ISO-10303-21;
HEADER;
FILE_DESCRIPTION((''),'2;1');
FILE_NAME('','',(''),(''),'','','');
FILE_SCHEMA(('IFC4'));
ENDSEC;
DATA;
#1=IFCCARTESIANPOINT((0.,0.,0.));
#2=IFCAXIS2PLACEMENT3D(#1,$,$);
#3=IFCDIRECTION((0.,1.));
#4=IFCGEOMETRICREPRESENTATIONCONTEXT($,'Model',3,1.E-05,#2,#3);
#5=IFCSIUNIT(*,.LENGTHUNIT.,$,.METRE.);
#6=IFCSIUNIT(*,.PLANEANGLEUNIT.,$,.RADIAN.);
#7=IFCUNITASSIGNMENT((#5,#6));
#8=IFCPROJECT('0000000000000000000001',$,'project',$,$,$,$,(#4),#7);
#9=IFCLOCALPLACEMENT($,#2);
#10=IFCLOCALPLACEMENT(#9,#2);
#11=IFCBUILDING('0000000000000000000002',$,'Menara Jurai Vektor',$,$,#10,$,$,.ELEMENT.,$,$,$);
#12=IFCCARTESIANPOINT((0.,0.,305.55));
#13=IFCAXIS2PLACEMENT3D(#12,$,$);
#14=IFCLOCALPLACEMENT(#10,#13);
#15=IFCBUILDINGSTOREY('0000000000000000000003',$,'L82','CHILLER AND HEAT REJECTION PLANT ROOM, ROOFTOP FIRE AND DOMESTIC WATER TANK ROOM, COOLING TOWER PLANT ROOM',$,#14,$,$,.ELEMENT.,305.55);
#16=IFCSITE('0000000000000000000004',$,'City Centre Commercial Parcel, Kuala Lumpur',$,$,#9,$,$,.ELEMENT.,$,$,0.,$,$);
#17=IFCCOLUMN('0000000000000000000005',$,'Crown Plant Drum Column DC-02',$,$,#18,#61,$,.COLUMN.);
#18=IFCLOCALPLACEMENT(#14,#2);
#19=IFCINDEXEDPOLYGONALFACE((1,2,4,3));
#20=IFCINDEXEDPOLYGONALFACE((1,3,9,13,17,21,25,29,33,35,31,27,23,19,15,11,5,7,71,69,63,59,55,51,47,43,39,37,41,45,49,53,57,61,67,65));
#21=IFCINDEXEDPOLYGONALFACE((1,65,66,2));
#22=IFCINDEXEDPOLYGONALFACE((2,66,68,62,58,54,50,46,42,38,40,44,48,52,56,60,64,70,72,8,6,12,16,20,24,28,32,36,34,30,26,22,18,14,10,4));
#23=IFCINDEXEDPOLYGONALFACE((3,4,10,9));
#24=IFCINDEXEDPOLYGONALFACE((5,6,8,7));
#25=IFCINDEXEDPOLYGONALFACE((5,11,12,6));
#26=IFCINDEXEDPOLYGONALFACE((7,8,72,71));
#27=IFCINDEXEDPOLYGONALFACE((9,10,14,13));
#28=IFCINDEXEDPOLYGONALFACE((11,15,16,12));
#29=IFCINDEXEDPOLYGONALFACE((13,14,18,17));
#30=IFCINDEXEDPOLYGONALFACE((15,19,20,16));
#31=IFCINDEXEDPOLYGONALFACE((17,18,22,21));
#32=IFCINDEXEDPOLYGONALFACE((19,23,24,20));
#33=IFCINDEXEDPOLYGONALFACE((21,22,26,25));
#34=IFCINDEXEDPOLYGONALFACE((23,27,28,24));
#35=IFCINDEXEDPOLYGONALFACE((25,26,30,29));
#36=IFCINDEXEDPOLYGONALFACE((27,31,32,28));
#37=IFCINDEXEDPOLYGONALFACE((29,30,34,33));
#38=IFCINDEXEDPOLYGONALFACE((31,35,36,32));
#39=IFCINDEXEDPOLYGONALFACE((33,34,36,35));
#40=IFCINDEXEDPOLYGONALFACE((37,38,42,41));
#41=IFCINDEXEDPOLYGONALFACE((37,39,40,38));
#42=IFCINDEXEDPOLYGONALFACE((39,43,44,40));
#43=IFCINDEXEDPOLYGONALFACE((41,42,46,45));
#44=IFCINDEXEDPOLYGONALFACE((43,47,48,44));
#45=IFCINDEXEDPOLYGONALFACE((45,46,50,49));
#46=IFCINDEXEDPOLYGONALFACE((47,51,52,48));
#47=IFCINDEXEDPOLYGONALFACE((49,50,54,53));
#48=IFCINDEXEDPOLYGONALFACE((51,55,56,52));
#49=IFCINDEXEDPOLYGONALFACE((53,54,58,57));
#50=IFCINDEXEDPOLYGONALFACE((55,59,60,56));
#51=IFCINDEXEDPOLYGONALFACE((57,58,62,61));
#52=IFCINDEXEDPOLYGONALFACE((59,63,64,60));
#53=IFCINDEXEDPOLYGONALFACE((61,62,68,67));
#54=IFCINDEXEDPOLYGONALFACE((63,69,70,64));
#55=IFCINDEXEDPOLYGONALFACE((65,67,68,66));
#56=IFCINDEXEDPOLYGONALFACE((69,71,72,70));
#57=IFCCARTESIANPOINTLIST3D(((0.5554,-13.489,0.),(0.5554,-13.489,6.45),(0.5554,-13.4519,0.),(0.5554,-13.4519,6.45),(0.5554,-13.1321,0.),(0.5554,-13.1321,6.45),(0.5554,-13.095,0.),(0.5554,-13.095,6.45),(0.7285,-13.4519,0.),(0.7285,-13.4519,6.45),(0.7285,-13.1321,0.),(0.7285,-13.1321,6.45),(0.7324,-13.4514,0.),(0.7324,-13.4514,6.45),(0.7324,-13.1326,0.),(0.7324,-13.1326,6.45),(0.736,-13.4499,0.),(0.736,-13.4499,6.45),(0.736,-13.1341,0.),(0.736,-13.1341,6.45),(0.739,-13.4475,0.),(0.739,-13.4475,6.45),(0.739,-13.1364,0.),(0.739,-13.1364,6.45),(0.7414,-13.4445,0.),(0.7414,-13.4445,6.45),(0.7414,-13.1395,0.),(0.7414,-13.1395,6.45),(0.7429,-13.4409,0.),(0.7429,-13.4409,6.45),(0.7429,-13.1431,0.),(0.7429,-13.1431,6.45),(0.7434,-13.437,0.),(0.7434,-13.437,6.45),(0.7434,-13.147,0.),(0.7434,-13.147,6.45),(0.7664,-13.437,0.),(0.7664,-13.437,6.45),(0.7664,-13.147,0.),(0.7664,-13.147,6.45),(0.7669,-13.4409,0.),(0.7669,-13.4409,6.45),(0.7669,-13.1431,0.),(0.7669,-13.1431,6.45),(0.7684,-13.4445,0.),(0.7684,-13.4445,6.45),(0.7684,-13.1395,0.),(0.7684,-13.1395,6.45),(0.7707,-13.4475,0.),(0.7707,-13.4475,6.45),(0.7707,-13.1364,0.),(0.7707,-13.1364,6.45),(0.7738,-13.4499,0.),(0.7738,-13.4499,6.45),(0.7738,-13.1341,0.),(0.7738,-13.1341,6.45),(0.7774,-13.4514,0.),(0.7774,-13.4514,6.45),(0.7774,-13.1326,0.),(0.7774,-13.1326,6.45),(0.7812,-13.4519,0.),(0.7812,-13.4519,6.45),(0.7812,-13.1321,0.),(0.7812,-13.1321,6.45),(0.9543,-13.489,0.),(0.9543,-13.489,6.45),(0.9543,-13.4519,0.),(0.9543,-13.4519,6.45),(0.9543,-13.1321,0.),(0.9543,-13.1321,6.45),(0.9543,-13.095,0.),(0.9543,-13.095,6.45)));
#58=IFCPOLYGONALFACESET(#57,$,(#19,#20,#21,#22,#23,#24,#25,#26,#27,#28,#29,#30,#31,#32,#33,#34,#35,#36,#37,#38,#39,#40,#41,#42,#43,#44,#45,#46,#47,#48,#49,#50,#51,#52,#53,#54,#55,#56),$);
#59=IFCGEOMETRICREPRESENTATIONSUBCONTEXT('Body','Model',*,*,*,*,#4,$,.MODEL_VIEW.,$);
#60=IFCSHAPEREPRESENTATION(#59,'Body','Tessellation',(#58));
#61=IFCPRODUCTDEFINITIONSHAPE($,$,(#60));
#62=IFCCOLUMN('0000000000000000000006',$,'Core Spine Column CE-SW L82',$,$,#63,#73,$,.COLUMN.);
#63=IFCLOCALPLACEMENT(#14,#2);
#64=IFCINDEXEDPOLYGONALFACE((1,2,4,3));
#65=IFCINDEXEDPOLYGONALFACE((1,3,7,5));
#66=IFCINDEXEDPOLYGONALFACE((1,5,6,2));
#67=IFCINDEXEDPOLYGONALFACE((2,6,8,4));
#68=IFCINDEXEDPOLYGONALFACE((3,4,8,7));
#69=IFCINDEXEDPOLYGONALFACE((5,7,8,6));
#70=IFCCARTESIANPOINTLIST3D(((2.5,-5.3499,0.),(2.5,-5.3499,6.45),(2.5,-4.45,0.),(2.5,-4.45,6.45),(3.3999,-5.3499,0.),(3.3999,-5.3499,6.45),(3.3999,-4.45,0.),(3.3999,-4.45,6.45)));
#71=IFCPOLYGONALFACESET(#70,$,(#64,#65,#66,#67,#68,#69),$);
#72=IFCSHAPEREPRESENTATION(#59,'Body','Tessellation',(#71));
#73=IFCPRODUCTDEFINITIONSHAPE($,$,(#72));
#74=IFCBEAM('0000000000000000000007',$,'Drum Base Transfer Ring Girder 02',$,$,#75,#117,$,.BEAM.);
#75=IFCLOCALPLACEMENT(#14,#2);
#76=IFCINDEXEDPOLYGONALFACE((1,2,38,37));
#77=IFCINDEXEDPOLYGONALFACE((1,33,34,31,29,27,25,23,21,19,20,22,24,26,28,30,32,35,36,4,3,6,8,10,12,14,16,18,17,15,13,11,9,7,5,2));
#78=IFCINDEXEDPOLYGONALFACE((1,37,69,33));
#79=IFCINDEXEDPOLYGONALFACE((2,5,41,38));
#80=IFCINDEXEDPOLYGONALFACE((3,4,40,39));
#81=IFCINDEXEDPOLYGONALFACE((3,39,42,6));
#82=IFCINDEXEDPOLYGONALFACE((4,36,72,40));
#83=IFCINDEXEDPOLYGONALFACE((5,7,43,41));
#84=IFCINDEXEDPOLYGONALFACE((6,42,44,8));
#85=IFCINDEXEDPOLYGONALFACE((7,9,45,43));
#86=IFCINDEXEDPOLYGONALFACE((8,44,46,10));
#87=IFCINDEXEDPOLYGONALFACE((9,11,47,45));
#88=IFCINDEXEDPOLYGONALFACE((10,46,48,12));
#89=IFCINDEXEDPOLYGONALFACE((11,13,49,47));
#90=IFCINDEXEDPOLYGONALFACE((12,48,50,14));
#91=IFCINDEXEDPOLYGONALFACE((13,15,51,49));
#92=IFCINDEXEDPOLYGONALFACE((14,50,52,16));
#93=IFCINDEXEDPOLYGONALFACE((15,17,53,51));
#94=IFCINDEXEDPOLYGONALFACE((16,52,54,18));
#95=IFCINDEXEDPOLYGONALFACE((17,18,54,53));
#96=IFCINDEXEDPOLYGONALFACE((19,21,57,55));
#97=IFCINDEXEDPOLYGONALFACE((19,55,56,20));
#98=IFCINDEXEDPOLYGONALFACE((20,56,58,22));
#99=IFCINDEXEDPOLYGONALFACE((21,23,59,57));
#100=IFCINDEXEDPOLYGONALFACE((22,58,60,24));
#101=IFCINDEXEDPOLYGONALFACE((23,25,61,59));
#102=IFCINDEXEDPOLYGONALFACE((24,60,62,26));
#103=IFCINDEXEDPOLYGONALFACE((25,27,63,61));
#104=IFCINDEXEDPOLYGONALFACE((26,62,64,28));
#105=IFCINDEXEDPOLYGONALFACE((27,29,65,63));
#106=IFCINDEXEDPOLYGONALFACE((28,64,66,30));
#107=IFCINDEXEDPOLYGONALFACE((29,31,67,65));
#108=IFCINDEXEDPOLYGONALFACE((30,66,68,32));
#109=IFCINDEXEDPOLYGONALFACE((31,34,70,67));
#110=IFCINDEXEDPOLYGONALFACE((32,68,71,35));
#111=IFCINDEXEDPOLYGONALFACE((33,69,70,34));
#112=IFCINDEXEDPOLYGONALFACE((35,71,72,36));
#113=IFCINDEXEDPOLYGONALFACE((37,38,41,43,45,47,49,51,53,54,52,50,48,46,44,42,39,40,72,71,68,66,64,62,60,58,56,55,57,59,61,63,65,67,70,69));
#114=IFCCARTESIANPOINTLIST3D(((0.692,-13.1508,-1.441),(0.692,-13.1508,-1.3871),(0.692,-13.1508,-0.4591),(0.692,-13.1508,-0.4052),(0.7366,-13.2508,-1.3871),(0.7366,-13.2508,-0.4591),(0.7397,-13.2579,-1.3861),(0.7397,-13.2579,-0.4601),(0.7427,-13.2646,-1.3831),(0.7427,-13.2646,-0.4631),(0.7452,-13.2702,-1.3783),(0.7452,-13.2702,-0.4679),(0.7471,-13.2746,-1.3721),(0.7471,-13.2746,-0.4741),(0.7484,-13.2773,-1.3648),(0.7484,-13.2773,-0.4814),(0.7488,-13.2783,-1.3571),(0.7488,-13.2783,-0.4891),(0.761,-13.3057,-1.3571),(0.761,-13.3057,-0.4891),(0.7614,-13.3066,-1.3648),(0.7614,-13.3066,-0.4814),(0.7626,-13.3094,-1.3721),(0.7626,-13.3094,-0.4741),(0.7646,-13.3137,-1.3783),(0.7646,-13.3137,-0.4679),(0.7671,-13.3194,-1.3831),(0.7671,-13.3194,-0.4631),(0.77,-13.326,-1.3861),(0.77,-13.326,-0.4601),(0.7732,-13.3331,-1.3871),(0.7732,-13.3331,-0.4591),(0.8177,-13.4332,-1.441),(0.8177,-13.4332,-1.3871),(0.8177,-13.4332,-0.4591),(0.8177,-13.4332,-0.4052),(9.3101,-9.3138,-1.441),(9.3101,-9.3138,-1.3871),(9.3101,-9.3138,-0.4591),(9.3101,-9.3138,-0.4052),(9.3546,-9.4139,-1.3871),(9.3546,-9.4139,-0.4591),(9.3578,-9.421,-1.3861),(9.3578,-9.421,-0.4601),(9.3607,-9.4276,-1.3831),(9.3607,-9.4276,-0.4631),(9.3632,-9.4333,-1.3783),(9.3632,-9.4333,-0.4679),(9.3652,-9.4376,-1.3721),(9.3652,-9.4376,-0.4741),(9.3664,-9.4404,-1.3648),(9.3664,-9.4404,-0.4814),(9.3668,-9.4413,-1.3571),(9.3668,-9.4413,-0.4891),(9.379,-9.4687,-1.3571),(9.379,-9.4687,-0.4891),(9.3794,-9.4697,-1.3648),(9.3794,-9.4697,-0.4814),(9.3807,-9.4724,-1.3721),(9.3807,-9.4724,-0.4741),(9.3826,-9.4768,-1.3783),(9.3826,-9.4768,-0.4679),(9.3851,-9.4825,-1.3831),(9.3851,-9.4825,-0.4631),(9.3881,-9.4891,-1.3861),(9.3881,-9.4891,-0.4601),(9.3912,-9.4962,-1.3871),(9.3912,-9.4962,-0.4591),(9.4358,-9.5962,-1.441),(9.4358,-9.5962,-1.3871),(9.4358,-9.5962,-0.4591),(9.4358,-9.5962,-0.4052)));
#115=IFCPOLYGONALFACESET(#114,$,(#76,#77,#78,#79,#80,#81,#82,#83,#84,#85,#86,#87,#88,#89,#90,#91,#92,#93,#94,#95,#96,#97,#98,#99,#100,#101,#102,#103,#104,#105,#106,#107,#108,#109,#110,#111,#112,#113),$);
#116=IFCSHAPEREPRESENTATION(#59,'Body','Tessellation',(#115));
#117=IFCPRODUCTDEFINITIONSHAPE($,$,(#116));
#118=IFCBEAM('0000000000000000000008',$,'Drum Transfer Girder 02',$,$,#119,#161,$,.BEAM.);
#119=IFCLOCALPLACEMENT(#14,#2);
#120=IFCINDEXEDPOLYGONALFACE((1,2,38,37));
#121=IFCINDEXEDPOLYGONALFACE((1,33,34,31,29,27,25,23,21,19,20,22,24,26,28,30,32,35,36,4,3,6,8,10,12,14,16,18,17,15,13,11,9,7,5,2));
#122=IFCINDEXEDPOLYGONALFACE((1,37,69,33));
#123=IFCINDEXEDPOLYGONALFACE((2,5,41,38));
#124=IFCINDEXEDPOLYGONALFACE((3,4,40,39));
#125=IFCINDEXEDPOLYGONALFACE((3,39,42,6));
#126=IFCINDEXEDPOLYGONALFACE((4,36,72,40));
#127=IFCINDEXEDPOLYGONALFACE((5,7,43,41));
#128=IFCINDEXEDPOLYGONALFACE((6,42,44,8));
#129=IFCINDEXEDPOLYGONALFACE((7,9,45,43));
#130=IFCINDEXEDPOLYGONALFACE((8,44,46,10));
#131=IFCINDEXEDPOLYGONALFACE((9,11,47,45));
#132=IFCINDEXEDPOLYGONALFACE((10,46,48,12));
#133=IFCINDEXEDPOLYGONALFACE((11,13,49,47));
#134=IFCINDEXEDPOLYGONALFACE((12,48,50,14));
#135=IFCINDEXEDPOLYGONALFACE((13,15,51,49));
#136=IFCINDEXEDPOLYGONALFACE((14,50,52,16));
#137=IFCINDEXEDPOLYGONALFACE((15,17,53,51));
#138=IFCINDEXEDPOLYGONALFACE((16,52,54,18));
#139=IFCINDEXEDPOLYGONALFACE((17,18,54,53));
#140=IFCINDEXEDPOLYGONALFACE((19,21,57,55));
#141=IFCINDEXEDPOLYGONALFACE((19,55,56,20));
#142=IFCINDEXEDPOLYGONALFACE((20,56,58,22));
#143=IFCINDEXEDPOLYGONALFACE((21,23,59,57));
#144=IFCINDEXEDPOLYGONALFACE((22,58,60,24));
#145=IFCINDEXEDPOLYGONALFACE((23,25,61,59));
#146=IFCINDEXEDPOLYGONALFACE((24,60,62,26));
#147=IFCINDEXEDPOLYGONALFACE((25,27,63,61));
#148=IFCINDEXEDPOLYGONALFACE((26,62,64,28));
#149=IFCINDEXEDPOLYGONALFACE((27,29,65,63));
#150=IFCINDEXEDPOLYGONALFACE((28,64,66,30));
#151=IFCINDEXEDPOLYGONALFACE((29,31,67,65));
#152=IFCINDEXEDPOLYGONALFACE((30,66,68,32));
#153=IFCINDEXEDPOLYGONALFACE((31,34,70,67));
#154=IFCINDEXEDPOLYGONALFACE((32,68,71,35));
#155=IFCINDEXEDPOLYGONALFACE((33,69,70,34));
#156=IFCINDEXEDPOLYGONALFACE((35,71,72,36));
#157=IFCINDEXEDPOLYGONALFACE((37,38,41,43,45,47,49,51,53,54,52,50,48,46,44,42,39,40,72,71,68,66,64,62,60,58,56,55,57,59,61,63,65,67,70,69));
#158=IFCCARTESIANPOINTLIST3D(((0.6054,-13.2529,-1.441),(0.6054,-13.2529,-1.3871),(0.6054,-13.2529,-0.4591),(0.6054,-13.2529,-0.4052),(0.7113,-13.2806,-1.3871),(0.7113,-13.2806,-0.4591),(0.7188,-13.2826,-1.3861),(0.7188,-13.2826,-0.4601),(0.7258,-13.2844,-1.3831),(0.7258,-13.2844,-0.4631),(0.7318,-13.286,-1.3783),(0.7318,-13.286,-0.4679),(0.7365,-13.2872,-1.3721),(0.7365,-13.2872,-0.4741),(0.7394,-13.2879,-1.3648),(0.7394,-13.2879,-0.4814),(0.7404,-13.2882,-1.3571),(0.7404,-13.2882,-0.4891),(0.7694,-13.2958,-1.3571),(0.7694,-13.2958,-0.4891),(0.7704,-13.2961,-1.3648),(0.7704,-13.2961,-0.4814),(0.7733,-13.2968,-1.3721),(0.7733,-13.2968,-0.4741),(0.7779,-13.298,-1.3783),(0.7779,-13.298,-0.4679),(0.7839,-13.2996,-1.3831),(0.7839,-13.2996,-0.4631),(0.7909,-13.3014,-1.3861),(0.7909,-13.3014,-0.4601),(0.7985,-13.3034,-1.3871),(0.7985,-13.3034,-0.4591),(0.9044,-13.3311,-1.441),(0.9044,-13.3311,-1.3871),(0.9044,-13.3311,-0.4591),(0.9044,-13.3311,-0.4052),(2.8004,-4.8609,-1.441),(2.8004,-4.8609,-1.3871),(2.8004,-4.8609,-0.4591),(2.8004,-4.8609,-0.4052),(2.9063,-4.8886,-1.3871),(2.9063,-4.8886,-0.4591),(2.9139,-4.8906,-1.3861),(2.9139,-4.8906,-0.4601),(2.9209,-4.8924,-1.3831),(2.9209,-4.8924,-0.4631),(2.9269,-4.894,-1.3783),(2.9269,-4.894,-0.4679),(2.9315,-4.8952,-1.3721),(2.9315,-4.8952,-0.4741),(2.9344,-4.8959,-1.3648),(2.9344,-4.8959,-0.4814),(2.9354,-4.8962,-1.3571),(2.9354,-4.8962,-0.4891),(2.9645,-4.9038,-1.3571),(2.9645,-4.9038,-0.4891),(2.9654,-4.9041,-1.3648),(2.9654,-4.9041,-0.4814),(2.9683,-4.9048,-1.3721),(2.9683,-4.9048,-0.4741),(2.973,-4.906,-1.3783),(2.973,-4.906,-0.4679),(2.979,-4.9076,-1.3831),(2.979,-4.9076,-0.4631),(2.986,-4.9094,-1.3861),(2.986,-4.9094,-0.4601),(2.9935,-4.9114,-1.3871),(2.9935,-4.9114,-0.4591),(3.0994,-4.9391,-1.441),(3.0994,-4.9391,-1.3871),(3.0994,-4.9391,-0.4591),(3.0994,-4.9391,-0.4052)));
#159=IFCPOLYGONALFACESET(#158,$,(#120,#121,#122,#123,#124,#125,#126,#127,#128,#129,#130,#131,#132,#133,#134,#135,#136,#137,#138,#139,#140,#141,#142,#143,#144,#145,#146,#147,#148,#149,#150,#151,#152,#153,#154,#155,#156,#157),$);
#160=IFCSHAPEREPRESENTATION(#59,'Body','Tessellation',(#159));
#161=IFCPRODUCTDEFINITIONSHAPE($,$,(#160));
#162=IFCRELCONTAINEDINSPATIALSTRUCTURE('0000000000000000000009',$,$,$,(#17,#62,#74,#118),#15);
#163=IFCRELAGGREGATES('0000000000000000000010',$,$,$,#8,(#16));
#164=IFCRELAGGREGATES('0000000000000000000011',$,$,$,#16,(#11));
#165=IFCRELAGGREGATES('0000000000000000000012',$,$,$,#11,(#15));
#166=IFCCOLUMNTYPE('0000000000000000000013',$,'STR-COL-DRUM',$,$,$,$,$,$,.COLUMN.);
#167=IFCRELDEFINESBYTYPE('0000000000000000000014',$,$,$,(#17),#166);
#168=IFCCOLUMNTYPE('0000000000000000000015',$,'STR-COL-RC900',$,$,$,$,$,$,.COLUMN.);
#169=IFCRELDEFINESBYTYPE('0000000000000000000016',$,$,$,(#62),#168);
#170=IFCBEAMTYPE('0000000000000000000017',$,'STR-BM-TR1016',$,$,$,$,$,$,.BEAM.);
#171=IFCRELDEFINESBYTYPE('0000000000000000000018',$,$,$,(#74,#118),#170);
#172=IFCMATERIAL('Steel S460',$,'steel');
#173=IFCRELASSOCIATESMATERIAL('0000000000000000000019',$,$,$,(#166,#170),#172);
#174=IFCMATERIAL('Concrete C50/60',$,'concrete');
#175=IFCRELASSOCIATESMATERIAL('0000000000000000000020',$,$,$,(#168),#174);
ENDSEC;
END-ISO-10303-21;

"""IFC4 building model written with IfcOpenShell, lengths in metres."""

from ifc_helpers import new_model, si_unit, direction, frame, origin, origin_2d, place, context, subcontext, project, spatial, rectangle, i_section, extrude, material, material_profile, profile_set, type_object, element, save


model = new_model("IFC4")

# Units and contexts
model_context = context("Model", 3, precision=1e-05, world=origin(), true_north=direction((0.0, 1.0)))
body_context = subcontext(model_context, "Body", "Model", "MODEL_VIEW")
ifc_project = project(units=[si_unit("LENGTHUNIT", "METRE"), si_unit("PLANEANGLEUNIT", "RADIAN")], contexts=[model_context])

# Site, building, storey
site_placement = place(None, origin())
site = spatial("IfcSite", under=ifc_project, at=site_placement, Name="City Centre Commercial Parcel, Kuala Lumpur", CompositionType="ELEMENT", RefElevation=0.0)
building_placement = place(site_placement, origin())
building = spatial("IfcBuilding", under=site, at=building_placement, Name="Menara Jurai Vektor", CompositionType="ELEMENT")
storey_placement = place(building_placement, frame((0.0, 0.0, 305.55)))
storey = spatial("IfcBuildingStorey", under=building, at=storey_placement, Name="L82", Description="CHILLER AND HEAT REJECTION PLANT ROOM, ROOFTOP FIRE AND DOMESTIC WATER TANK ROOM, COOLING TOWER PLANT ROOM", CompositionType="ELEMENT", Elevation=305.55)

# Columns
ifc_material_1 = material(Name="Steel S460", Category="steel")
ifc_material_profile_1 = material_profile(ifc_material_1, i_section(OverallWidth=0.3989, OverallDepth=0.394, WebThickness=0.0229, FlangeThickness=0.0371, FilletRadius=0.0149, at=origin_2d()), Name="UKC 356x406x287")
ifc_profile_set_1 = profile_set([ifc_material_profile_1], Name="Steel S460")
column_type_1 = type_object("IfcColumnType", Name="STR-COL-DRUM", PredefinedType="COLUMN", material=ifc_profile_set_1)
column_1_placement = place(storey_placement, frame((0.7549, -13.292, 0.0), z_axis=(0.0, 0.0, 1.0), x_axis=(1.0, 0.0, 0.0)))
element("IfcColumn", 1, at=column_1_placement, inside=storey, type_object=column_type_1, Name="Crown Plant Drum Column DC-02", PredefinedType="COLUMN", context=body_context, shape_type="SweptSolid", body=[
    extrude(i_section(OverallWidth=0.3989, OverallDepth=0.394, WebThickness=0.0229, FlangeThickness=0.0371, FilletRadius=0.0149, at=origin_2d()), origin(), (0.0, 0.0, 1.0), 6.45),
])
ifc_material_2 = material(Name="Concrete C50/60", Category="concrete")
ifc_material_profile_2 = material_profile(ifc_material_2, rectangle(XDim=0.8999, YDim=0.8999, at=origin_2d()), Name="RC 900x900")
ifc_profile_set_2 = profile_set([ifc_material_profile_2], Name="Concrete C50/60")
column_type_2 = type_object("IfcColumnType", Name="STR-COL-RC900", PredefinedType="COLUMN", material=ifc_profile_set_2)
column_2_placement = place(storey_placement, frame((2.95, -4.8999, 0.0), z_axis=(0.0, 0.0, 1.0), x_axis=(1.0, 0.0, 0.0)))
element("IfcColumn", 2, at=column_2_placement, inside=storey, type_object=column_type_2, Name="Core Spine Column CE-SW L82", PredefinedType="COLUMN", context=body_context, shape_type="SweptSolid", body=[
    extrude(rectangle(XDim=0.8999, YDim=0.8999, at=origin_2d()), origin(), (0.0, 0.0, 1.0), 6.45),
])

# Beams
ifc_material_profile_3 = material_profile(ifc_material_1, i_section(OverallWidth=0.3091, OverallDepth=1.0359, WebThickness=0.03, FlangeThickness=0.054, FilletRadius=0.03, at=origin_2d()), Name="UKB 1016x305x487")
ifc_profile_set_3 = profile_set([ifc_material_profile_3], Name="Steel S460")
beam_type_1 = type_object("IfcBeamType", Name="STR-BM-TR1016", PredefinedType="BEAM", material=ifc_profile_set_3)
beam_1_placement = place(storey_placement, frame((0.7549, -13.292, -0.9231), z_axis=(0.913547, 0.406734, 0.0), x_axis=(-0.406734, 0.913547, 0.0)))
element("IfcBeam", 3, at=beam_1_placement, inside=storey, type_object=beam_type_1, Name="Drum Base Transfer Ring Girder 02", PredefinedType="BEAM", context=body_context, shape_type="SweptSolid", body=[
    extrude(i_section(OverallWidth=0.3091, OverallDepth=1.0359, WebThickness=0.03, FlangeThickness=0.054, FilletRadius=0.03, at=origin_2d()), origin(), (0.0, 0.0, 1.0), 9.4336),
])
beam_2_placement = place(storey_placement, frame((0.7549, -13.292, -0.9231), z_axis=(0.253051, 0.967453, 0.0), x_axis=(-0.967453, 0.253051, 0.0)))
element("IfcBeam", 4, at=beam_2_placement, inside=storey, type_object=beam_type_1, Name="Drum Transfer Girder 02", PredefinedType="BEAM", context=body_context, shape_type="SweptSolid", body=[
    extrude(i_section(OverallWidth=0.3091, OverallDepth=1.0359, WebThickness=0.03, FlangeThickness=0.054, FilletRadius=0.03, at=origin_2d()), origin(), (0.0, 0.0, 1.0), 8.6743),
])

save(model, "model.ifc")
